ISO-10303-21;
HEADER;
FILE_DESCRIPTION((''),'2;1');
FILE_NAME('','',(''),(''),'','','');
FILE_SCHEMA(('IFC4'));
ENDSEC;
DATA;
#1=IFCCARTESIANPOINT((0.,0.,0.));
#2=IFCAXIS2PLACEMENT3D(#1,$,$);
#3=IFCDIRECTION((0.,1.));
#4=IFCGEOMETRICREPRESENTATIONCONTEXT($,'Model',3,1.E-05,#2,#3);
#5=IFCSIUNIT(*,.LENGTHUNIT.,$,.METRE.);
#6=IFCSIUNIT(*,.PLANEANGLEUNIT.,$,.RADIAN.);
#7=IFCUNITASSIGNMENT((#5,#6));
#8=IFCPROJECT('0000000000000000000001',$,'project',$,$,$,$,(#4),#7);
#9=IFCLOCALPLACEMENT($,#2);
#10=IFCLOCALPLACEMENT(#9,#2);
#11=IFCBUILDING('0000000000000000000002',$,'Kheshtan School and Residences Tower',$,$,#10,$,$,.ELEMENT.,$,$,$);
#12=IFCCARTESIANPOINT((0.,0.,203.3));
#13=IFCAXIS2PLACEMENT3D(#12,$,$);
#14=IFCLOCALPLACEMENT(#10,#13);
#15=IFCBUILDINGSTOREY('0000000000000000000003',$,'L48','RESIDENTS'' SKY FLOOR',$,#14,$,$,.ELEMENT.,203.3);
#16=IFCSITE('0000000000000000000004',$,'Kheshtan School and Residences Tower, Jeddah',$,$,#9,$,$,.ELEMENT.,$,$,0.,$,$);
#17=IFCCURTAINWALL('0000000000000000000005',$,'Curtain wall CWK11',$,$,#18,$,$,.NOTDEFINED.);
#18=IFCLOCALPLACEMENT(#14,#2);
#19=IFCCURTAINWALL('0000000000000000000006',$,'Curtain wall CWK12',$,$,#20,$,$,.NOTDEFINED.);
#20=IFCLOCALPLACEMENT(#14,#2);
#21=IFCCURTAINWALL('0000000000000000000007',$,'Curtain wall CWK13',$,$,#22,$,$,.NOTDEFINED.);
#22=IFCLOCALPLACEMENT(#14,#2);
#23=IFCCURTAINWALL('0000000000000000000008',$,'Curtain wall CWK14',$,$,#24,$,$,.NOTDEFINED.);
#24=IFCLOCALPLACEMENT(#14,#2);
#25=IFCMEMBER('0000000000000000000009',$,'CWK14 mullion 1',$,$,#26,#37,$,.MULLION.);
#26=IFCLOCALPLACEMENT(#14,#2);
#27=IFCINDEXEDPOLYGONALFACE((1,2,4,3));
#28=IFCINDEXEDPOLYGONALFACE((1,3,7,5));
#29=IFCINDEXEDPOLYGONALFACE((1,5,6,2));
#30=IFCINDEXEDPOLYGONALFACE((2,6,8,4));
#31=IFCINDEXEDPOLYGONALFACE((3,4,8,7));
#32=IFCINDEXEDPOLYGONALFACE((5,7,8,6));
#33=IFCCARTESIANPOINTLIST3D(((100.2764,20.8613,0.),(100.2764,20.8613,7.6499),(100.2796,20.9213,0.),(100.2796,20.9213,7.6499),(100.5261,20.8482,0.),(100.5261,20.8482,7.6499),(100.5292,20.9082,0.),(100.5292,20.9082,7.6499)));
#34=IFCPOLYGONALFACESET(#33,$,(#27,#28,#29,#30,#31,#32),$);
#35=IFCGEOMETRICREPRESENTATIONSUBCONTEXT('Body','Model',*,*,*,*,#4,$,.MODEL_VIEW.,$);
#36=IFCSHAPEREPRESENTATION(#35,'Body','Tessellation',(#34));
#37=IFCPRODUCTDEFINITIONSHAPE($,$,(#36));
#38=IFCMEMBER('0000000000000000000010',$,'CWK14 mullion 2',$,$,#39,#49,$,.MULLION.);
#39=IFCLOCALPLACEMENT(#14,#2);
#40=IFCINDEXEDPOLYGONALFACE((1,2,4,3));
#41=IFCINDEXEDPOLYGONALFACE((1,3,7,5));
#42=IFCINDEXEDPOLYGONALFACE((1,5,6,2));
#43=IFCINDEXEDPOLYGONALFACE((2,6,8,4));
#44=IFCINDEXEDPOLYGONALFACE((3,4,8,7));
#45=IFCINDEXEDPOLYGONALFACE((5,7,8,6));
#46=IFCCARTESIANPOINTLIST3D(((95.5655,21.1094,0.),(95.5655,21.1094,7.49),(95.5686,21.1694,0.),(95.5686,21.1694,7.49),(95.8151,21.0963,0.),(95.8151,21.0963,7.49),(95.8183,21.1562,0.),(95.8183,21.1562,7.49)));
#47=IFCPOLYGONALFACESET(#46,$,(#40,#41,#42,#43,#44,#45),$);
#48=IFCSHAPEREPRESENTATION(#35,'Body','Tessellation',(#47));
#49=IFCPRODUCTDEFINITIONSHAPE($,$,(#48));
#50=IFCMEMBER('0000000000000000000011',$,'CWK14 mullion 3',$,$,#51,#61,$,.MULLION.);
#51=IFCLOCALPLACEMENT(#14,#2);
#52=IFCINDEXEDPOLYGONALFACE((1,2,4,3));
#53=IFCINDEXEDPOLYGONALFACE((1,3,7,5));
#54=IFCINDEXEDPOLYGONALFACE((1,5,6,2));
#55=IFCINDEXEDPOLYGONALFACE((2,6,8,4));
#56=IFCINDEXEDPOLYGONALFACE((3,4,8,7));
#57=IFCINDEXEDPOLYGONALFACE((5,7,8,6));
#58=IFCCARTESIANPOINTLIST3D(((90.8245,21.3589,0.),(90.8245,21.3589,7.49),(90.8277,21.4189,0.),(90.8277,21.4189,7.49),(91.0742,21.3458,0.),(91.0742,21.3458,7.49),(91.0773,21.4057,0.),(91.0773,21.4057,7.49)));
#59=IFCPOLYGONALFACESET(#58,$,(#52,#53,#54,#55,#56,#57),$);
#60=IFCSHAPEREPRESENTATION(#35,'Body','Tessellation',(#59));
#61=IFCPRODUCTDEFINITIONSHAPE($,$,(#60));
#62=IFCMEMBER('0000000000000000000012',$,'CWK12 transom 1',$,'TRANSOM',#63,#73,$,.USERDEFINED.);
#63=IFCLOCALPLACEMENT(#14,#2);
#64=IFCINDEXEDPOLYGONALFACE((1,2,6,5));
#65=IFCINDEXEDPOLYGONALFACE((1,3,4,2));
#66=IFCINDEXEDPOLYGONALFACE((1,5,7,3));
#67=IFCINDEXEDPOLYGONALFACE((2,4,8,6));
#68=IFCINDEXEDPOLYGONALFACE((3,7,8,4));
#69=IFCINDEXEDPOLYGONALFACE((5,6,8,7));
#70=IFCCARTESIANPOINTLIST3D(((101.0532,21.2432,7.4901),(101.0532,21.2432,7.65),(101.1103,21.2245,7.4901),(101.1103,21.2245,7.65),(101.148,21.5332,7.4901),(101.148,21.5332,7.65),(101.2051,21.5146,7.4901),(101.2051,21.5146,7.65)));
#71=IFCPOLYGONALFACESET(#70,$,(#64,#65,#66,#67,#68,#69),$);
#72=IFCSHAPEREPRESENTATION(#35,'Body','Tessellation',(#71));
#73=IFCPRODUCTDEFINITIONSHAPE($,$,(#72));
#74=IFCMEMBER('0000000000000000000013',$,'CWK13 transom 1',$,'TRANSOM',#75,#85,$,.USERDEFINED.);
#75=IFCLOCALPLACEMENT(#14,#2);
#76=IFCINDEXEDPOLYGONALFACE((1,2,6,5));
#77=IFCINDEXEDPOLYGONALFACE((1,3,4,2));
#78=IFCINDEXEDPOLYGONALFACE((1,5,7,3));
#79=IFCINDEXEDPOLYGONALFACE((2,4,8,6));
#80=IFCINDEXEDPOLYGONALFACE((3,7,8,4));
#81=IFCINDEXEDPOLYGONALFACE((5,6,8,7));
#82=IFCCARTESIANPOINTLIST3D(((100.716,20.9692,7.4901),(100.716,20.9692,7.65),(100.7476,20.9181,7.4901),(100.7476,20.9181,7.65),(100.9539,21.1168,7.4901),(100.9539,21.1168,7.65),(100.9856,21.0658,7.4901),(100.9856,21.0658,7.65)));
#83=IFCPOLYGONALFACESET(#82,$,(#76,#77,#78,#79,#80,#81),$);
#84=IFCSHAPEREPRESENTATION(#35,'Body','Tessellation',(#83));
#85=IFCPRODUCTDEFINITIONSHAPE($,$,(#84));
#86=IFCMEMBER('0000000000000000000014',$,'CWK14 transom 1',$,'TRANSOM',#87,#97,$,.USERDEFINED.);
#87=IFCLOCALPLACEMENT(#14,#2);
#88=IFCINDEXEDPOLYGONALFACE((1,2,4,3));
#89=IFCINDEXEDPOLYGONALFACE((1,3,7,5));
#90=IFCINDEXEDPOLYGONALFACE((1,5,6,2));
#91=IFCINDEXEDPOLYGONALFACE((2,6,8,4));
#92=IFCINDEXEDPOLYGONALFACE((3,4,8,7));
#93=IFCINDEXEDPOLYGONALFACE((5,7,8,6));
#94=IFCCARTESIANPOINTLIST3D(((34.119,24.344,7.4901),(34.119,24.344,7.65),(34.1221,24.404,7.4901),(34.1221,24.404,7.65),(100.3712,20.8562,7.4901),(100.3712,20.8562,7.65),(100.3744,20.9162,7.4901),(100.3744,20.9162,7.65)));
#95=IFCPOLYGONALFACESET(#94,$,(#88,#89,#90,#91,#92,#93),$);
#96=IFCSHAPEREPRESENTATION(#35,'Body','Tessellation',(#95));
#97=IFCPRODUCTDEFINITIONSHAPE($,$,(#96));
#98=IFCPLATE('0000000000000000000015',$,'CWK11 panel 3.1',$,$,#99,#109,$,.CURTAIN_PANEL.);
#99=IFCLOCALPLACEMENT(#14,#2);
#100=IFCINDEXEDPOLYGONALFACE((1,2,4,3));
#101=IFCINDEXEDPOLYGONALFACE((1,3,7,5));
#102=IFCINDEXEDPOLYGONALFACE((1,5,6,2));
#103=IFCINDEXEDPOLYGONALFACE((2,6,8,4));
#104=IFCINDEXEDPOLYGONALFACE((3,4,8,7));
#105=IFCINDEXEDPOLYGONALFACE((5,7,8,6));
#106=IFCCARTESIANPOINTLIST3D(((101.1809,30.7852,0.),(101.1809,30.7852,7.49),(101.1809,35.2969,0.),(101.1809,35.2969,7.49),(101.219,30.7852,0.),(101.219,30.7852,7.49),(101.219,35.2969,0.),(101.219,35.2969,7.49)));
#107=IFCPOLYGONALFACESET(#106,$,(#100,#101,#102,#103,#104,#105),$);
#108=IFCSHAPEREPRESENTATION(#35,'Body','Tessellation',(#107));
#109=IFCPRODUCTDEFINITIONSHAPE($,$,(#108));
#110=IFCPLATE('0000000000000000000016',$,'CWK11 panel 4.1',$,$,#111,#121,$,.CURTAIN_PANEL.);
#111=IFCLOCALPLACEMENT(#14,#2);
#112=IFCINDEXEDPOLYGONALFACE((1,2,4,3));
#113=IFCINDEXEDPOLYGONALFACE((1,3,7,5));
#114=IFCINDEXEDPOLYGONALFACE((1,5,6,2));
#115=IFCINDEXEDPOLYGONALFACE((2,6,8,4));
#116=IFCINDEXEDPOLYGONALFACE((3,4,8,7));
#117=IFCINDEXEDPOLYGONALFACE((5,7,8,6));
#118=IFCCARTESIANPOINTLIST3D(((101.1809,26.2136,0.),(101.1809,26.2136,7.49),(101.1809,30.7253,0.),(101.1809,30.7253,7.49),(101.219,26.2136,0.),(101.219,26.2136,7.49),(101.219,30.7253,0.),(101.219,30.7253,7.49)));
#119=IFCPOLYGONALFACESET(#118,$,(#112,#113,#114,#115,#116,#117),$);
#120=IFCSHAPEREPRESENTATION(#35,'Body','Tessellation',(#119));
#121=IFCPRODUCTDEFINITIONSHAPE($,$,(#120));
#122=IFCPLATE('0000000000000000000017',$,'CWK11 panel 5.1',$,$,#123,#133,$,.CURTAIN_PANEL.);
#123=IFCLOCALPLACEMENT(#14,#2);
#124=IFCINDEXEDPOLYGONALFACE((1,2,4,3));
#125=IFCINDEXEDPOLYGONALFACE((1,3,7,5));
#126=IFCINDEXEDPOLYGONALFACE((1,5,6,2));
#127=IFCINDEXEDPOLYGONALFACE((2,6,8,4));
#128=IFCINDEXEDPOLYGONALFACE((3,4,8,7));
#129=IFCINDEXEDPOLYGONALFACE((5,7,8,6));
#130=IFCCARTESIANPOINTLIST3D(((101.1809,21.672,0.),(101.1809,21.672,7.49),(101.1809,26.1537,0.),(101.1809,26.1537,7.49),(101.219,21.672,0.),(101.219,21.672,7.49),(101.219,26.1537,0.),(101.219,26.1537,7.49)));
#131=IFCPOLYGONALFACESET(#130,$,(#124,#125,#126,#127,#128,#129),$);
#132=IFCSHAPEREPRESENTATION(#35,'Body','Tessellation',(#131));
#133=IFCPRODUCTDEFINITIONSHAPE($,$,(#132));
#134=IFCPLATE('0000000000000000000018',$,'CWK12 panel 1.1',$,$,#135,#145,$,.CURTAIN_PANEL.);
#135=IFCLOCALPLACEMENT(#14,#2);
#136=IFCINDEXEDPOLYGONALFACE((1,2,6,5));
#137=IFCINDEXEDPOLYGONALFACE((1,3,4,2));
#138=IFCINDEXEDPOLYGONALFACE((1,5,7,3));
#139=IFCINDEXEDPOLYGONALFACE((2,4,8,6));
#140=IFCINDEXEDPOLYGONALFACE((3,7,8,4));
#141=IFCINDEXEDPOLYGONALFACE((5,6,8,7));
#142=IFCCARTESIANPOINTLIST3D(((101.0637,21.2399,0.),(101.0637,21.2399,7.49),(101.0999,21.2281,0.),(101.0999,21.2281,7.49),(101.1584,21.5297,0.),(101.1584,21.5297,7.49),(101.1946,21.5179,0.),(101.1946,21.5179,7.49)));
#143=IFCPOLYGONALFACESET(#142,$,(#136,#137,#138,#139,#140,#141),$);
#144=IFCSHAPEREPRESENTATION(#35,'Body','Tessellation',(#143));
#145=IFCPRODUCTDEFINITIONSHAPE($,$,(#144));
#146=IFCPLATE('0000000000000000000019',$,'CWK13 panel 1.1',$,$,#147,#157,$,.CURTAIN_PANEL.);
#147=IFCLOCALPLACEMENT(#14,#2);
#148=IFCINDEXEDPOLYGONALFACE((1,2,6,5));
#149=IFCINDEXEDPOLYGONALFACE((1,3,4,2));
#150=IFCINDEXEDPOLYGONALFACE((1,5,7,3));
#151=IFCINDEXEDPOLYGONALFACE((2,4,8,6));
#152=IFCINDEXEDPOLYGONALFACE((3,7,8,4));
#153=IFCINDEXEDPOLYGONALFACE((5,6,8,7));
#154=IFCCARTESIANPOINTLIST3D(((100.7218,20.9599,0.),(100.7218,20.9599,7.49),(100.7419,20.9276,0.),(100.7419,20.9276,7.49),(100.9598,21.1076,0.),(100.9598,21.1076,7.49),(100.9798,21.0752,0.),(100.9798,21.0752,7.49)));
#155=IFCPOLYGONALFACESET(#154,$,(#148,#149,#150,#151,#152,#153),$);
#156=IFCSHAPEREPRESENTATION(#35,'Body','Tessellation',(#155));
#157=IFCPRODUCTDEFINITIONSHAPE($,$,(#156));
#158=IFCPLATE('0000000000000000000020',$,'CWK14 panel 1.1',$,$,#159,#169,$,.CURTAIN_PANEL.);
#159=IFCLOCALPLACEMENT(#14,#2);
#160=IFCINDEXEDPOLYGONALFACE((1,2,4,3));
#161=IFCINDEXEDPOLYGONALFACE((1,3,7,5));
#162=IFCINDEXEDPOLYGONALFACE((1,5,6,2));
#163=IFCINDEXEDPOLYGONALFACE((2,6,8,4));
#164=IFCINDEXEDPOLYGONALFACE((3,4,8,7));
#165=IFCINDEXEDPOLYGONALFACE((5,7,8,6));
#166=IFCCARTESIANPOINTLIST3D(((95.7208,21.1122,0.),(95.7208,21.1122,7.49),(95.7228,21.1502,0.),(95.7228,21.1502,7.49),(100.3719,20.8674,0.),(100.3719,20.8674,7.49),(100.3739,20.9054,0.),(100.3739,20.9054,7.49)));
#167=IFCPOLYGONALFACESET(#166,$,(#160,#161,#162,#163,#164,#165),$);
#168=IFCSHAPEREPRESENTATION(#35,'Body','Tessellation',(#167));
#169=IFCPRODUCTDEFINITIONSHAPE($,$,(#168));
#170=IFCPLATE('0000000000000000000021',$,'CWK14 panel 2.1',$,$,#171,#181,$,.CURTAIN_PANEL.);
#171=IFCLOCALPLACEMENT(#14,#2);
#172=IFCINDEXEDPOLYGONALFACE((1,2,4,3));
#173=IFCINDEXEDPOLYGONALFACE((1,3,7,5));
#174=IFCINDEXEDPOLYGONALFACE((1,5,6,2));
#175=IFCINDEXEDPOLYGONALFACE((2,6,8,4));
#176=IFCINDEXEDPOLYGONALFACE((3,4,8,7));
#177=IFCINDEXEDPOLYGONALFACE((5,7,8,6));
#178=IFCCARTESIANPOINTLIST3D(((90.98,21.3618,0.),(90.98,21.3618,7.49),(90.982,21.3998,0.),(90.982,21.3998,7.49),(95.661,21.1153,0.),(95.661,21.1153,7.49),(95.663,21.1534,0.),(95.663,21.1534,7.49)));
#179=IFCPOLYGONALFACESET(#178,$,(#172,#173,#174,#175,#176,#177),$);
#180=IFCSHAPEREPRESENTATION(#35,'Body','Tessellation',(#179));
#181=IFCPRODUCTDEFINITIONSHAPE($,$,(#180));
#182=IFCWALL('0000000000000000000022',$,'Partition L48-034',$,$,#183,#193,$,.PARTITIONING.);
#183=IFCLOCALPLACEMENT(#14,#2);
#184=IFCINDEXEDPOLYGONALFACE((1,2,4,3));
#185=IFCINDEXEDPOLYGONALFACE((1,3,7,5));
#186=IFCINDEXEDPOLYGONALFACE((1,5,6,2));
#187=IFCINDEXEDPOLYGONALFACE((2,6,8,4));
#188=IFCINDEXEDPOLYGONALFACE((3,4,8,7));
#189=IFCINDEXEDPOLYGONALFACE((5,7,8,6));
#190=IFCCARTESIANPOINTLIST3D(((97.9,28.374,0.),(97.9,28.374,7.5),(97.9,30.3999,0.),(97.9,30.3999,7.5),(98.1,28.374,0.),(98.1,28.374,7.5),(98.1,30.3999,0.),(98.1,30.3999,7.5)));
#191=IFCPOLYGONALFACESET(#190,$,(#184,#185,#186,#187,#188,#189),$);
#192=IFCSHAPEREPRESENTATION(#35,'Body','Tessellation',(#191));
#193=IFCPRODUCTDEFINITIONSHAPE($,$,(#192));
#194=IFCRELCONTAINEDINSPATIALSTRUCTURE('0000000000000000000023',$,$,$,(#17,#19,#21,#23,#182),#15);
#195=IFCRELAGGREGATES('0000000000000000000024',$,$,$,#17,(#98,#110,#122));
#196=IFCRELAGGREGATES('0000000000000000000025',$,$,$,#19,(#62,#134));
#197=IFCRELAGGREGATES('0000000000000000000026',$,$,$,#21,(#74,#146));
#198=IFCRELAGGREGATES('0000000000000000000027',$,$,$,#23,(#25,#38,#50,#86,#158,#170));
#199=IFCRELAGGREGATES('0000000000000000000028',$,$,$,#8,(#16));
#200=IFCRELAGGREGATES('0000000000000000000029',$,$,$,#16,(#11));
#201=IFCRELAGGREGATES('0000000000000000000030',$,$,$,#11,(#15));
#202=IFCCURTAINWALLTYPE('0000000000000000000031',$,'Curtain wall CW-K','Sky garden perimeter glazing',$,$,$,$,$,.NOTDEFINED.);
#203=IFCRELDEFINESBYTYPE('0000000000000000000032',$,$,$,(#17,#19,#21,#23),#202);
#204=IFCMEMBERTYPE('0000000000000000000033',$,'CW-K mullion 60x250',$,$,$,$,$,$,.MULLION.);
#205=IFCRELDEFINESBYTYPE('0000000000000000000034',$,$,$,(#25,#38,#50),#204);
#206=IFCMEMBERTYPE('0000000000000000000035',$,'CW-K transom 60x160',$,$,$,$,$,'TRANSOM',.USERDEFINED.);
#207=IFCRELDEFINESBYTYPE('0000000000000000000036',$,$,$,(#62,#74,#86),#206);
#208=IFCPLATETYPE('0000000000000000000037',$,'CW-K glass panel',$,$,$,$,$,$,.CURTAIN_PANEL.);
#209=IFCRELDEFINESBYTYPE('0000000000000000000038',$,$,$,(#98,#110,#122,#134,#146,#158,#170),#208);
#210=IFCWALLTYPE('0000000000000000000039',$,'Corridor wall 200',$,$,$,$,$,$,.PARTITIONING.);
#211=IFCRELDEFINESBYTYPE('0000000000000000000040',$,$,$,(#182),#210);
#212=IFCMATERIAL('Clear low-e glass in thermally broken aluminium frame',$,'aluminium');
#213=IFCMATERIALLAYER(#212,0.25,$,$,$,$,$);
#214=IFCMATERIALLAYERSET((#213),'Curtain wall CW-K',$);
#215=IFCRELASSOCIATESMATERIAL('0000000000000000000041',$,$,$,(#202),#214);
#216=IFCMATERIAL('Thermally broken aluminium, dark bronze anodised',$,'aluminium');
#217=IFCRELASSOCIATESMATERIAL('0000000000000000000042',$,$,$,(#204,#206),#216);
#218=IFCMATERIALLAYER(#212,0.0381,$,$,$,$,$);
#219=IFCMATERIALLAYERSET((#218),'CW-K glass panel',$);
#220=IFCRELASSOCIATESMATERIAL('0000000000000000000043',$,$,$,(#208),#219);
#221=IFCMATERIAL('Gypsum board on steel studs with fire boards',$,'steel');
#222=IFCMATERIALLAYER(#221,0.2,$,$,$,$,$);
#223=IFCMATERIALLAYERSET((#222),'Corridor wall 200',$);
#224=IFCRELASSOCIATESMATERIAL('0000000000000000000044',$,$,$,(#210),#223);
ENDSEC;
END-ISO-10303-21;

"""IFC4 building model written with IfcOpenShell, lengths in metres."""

from ifc_helpers import new_model, si_unit, direction, frame, frame_2d, origin, origin_2d, place, context, subcontext, project, spatial, rectangle, extrude, material, layer, layer_set, material_profile, profile_set, type_object, element, aggregate, save


model = new_model("IFC4")

# Units and contexts
model_context = context("Model", 3, precision=1e-05, world=origin(), true_north=direction((0.0, 1.0)))
body_context = subcontext(model_context, "Body", "Model", "MODEL_VIEW")
ifc_project = project(units=[si_unit("LENGTHUNIT", "METRE"), si_unit("PLANEANGLEUNIT", "RADIAN")], contexts=[model_context])

# Site, building, storey
site_placement = place(None, origin())
site = spatial("IfcSite", under=ifc_project, at=site_placement, Name="Kheshtan School and Residences Tower, Jeddah", CompositionType="ELEMENT", RefElevation=0.0)
building_placement = place(site_placement, origin())
building = spatial("IfcBuilding", under=site, at=building_placement, Name="Kheshtan School and Residences Tower", CompositionType="ELEMENT")
storey_placement = place(building_placement, frame((0.0, 0.0, 203.3)))
storey = spatial("IfcBuildingStorey", under=building, at=storey_placement, Name="L48", Description="RESIDENTS' SKY FLOOR", CompositionType="ELEMENT", Elevation=203.3)

# Curtain walls, members
ifc_material_1 = material(Name="Clear low-e glass in thermally broken aluminium frame", Category="aluminium")
ifc_layer_1 = layer(ifc_material_1, 0.25)
ifc_layer_set_1 = layer_set([ifc_layer_1], Name="Curtain wall CW-K")
curtain_wall_type = type_object("IfcCurtainWallType", Name="Curtain wall CW-K", Description="Sky garden perimeter glazing", PredefinedType="NOTDEFINED", material=ifc_layer_set_1)
curtain_wall_1_placement = place(storey_placement, origin())
curtain_wall_1 = element("IfcCurtainWall", 1, at=curtain_wall_1_placement, inside=storey, type_object=curtain_wall_type, Name="Curtain wall CWK11", PredefinedType="NOTDEFINED")
ifc_material_2 = material(Name="Thermally broken aluminium, dark bronze anodised", Category="aluminium")
ifc_material_profile_1 = material_profile(ifc_material_2, rectangle(XDim=0.0601, YDim=0.25, at=origin_2d()), Name="CW-K mullion 60x250")
ifc_profile_set_1 = profile_set([ifc_material_profile_1], Name="Thermally broken aluminium, dark bronze anodised")
member_type_1 = type_object("IfcMemberType", Name="CW-K mullion 60x250", PredefinedType="MULLION", material=ifc_profile_set_1)
curtain_wall_2_placement = place(storey_placement, origin())
curtain_wall_2 = element("IfcCurtainWall", 2, at=curtain_wall_2_placement, inside=storey, type_object=curtain_wall_type, Name="Curtain wall CWK12", PredefinedType="NOTDEFINED")
curtain_wall_3_placement = place(storey_placement, origin())
curtain_wall_3 = element("IfcCurtainWall", 3, at=curtain_wall_3_placement, inside=storey, type_object=curtain_wall_type, Name="Curtain wall CWK13", PredefinedType="NOTDEFINED")
curtain_wall_4_placement = place(storey_placement, origin())
curtain_wall_4 = element("IfcCurtainWall", 4, at=curtain_wall_4_placement, inside=storey, type_object=curtain_wall_type, Name="Curtain wall CWK14", PredefinedType="NOTDEFINED")
member_1_placement = place(storey_placement, frame((100.4028, 20.8848, 0.0), z_axis=(0.0, 0.0, 1.0), x_axis=(-0.05257, -0.998617, 0.0)))
member_1 = element("IfcMember", 5, at=member_1_placement, type_object=member_type_1, Name="CWK14 mullion 1", PredefinedType="MULLION", context=body_context, shape_type="SweptSolid", body=[
    extrude(rectangle(XDim=0.0601, YDim=0.25, at=origin_2d()), origin(), (0.0, 0.0, 1.0), 7.6499),
])
member_2_placement = place(storey_placement, frame((95.6919, 21.1328, 0.0), z_axis=(0.0, 0.0, 1.0), x_axis=(-0.05257, -0.998617, 0.0)))
member_2 = element("IfcMember", 6, at=member_2_placement, type_object=member_type_1, Name="CWK14 mullion 2", PredefinedType="MULLION", context=body_context, shape_type="SweptSolid", body=[
    extrude(rectangle(XDim=0.0601, YDim=0.25, at=origin_2d()), origin(), (0.0, 0.0, 1.0), 7.49),
])
member_3_placement = place(storey_placement, frame((90.9509, 21.3823, 0.0), z_axis=(0.0, 0.0, 1.0), x_axis=(-0.05257, -0.998617, 0.0)))
member_3 = element("IfcMember", 7, at=member_3_placement, type_object=member_type_1, Name="CWK14 mullion 3", PredefinedType="MULLION", context=body_context, shape_type="SweptSolid", body=[
    extrude(rectangle(XDim=0.0601, YDim=0.25, at=origin_2d()), origin(), (0.0, 0.0, 1.0), 7.49),
])

# Members
ifc_material_profile_2 = material_profile(ifc_material_2, rectangle(XDim=0.0601, YDim=0.1599, at=origin_2d()), Name="CW-K transom 60x160")
ifc_profile_set_2 = profile_set([ifc_material_profile_2], Name="Thermally broken aluminium, dark bronze anodised")
member_type_2 = type_object("IfcMemberType", Name="CW-K transom 60x160", ElementType="TRANSOM", PredefinedType="USERDEFINED", material=ifc_profile_set_2)
member_4_placement = place(storey_placement, frame((101.1765, 21.5239, 7.5701), z_axis=(-0.310461, -0.950586, 0.0), x_axis=(0.950586, -0.310461, 0.0)))
member_4 = element("IfcMember", 8, at=member_4_placement, type_object=member_type_2, Name="CWK12 transom 1", ObjectType="TRANSOM", PredefinedType="USERDEFINED", context=body_context, shape_type="SweptSolid", body=[
    extrude(rectangle(XDim=0.0601, YDim=0.1599, at=origin_2d()), origin(), (0.0, 0.0, 1.0), 0.3052),
])
member_5_placement = place(storey_placement, frame((100.9697, 21.0913, 7.5701), z_axis=(-0.849707, -0.527254, 0.0), x_axis=(0.527254, -0.849707, 0.0)))
member_5 = element("IfcMember", 9, at=member_5_placement, type_object=member_type_2, Name="CWK13 transom 1", ObjectType="TRANSOM", PredefinedType="USERDEFINED", context=body_context, shape_type="SweptSolid", body=[
    extrude(rectangle(XDim=0.0601, YDim=0.1599, at=origin_2d()), origin(), (0.0, 0.0, 1.0), 0.28),
])
member_6_placement = place(storey_placement, frame((100.3728, 20.8862, 7.5701), z_axis=(-0.998617, 0.052571, 0.0), x_axis=(-0.052571, -0.998617, 0.0)))
member_6 = element("IfcMember", 10, at=member_6_placement, type_object=member_type_2, Name="CWK14 transom 1", ObjectType="TRANSOM", PredefinedType="USERDEFINED", context=body_context, shape_type="SweptSolid", body=[
    extrude(rectangle(XDim=0.0601, YDim=0.1599, at=origin_2d()), origin(), (0.0, 0.0, 1.0), 66.344),
])

# Plates
ifc_layer_2 = layer(ifc_material_1, 0.0381)
ifc_layer_set_2 = layer_set([ifc_layer_2], Name="CW-K glass panel")
plate_type = type_object("IfcPlateType", Name="CW-K glass panel", PredefinedType="CURTAIN_PANEL", material=ifc_layer_set_2)
plate_1_placement = place(storey_placement, frame((101.2, 33.041, 0.0), z_axis=(0.0, 0.0, 1.0), x_axis=(0.0, -1.0, 0.0)))
plate_1 = element("IfcPlate", 11, at=plate_1_placement, type_object=plate_type, Name="CWK11 panel 3.1", PredefinedType="CURTAIN_PANEL", context=body_context, shape_type="SweptSolid", body=[
    extrude(rectangle(XDim=4.5117, YDim=0.0381, at=origin_2d()), origin(), (0.0, 0.0, 1.0), 7.49),
])
plate_2_placement = place(storey_placement, frame((101.2, 28.4695, 0.0), z_axis=(0.0, 0.0, 1.0), x_axis=(0.0, -1.0, 0.0)))
plate_2 = element("IfcPlate", 12, at=plate_2_placement, type_object=plate_type, Name="CWK11 panel 4.1", PredefinedType="CURTAIN_PANEL", context=body_context, shape_type="SweptSolid", body=[
    extrude(rectangle(XDim=4.5117, YDim=0.0381, at=origin_2d()), origin(), (0.0, 0.0, 1.0), 7.49),
])
plate_3_placement = place(storey_placement, frame((101.2, 23.9128, 0.0), z_axis=(0.0, 0.0, 1.0), x_axis=(0.0, -1.0, 0.0)))
plate_3 = element("IfcPlate", 13, at=plate_3_placement, type_object=plate_type, Name="CWK11 panel 5.1", PredefinedType="CURTAIN_PANEL", context=body_context, shape_type="SweptSolid", body=[
    extrude(rectangle(XDim=4.4817, YDim=0.0381, at=origin_2d()), origin(), (0.0, 0.0, 1.0), 7.49),
])
aggregate(curtain_wall_1, [plate_1, plate_2, plate_3])
plate_4_placement = place(storey_placement, frame((101.1292, 21.3789, 0.0), z_axis=(0.0, 0.0, 1.0), x_axis=(-0.310575, -0.950549, 0.0)))
plate_4 = element("IfcPlate", 14, at=plate_4_placement, type_object=plate_type, Name="CWK12 panel 1.1", PredefinedType="CURTAIN_PANEL", context=body_context, shape_type="SweptSolid", body=[
    extrude(rectangle(XDim=0.3049, YDim=0.0381, at=origin_2d()), origin(), (0.0, 0.0, 1.0), 7.49),
])
aggregate(curtain_wall_2, [member_4, plate_4])
plate_5_placement = place(storey_placement, frame((100.8508, 21.0176, 0.0), z_axis=(0.0, 0.0, 1.0), x_axis=(-0.849679, -0.527301, 0.0)))
plate_5 = element("IfcPlate", 15, at=plate_5_placement, type_object=plate_type, Name="CWK13 panel 1.1", PredefinedType="CURTAIN_PANEL", context=body_context, shape_type="SweptSolid", body=[
    extrude(rectangle(XDim=0.28, YDim=0.0381, at=origin_2d()), origin(), (0.0, 0.0, 1.0), 7.49),
])
aggregate(curtain_wall_3, [member_5, plate_5])
plate_6_placement = place(storey_placement, frame((98.0474, 21.0088, 0.0), z_axis=(0.0, 0.0, 1.0), x_axis=(-0.998617, 0.05257, 0.0)))
plate_6 = element("IfcPlate", 16, at=plate_6_placement, type_object=plate_type, Name="CWK14 panel 1.1", PredefinedType="CURTAIN_PANEL", context=body_context, shape_type="SweptSolid", body=[
    extrude(rectangle(XDim=4.6575, YDim=0.0381, at=origin_2d()), origin(), (0.0, 0.0, 1.0), 7.49),
])
plate_7_placement = place(storey_placement, frame((93.3215, 21.2576, 0.0), z_axis=(0.0, 0.0, 1.0), x_axis=(-0.998617, 0.05257, 0.0)))
plate_7 = element("IfcPlate", 17, at=plate_7_placement, type_object=plate_type, Name="CWK14 panel 2.1", PredefinedType="CURTAIN_PANEL", context=body_context, shape_type="SweptSolid", body=[
    extrude(rectangle(XDim=4.6875, YDim=0.0381, at=origin_2d()), origin(), (0.0, 0.0, 1.0), 7.49),
])
aggregate(curtain_wall_4, [member_1, member_2, member_3, member_6, plate_6, plate_7])

# Wall
ifc_material_3 = material(Name="Gypsum board on steel studs with fire boards", Category="steel")
ifc_layer_3 = layer(ifc_material_3, 0.2)
ifc_layer_set_3 = layer_set([ifc_layer_3], Name="Corridor wall 200")
wall_type_1 = type_object("IfcWallType", Name="Corridor wall 200", PredefinedType="PARTITIONING", material=ifc_layer_set_3)
wall_1_placement = place(storey_placement, frame((98.0, 28.374, 0.0), z_axis=(0.0, 0.0, 1.0), x_axis=(0.0, 1.0, 0.0)))
element("IfcWall", 18, at=wall_1_placement, inside=storey, type_object=wall_type_1, Name="Partition L48-034", PredefinedType="PARTITIONING", context=body_context, shape_type="SweptSolid", body=[
    extrude(rectangle(XDim=2.0259, YDim=0.2, at=frame_2d((1.0129, 0.0))), origin(), (0.0, 0.0, 1.0), 7.5),
])

save(model, "model.ifc")
